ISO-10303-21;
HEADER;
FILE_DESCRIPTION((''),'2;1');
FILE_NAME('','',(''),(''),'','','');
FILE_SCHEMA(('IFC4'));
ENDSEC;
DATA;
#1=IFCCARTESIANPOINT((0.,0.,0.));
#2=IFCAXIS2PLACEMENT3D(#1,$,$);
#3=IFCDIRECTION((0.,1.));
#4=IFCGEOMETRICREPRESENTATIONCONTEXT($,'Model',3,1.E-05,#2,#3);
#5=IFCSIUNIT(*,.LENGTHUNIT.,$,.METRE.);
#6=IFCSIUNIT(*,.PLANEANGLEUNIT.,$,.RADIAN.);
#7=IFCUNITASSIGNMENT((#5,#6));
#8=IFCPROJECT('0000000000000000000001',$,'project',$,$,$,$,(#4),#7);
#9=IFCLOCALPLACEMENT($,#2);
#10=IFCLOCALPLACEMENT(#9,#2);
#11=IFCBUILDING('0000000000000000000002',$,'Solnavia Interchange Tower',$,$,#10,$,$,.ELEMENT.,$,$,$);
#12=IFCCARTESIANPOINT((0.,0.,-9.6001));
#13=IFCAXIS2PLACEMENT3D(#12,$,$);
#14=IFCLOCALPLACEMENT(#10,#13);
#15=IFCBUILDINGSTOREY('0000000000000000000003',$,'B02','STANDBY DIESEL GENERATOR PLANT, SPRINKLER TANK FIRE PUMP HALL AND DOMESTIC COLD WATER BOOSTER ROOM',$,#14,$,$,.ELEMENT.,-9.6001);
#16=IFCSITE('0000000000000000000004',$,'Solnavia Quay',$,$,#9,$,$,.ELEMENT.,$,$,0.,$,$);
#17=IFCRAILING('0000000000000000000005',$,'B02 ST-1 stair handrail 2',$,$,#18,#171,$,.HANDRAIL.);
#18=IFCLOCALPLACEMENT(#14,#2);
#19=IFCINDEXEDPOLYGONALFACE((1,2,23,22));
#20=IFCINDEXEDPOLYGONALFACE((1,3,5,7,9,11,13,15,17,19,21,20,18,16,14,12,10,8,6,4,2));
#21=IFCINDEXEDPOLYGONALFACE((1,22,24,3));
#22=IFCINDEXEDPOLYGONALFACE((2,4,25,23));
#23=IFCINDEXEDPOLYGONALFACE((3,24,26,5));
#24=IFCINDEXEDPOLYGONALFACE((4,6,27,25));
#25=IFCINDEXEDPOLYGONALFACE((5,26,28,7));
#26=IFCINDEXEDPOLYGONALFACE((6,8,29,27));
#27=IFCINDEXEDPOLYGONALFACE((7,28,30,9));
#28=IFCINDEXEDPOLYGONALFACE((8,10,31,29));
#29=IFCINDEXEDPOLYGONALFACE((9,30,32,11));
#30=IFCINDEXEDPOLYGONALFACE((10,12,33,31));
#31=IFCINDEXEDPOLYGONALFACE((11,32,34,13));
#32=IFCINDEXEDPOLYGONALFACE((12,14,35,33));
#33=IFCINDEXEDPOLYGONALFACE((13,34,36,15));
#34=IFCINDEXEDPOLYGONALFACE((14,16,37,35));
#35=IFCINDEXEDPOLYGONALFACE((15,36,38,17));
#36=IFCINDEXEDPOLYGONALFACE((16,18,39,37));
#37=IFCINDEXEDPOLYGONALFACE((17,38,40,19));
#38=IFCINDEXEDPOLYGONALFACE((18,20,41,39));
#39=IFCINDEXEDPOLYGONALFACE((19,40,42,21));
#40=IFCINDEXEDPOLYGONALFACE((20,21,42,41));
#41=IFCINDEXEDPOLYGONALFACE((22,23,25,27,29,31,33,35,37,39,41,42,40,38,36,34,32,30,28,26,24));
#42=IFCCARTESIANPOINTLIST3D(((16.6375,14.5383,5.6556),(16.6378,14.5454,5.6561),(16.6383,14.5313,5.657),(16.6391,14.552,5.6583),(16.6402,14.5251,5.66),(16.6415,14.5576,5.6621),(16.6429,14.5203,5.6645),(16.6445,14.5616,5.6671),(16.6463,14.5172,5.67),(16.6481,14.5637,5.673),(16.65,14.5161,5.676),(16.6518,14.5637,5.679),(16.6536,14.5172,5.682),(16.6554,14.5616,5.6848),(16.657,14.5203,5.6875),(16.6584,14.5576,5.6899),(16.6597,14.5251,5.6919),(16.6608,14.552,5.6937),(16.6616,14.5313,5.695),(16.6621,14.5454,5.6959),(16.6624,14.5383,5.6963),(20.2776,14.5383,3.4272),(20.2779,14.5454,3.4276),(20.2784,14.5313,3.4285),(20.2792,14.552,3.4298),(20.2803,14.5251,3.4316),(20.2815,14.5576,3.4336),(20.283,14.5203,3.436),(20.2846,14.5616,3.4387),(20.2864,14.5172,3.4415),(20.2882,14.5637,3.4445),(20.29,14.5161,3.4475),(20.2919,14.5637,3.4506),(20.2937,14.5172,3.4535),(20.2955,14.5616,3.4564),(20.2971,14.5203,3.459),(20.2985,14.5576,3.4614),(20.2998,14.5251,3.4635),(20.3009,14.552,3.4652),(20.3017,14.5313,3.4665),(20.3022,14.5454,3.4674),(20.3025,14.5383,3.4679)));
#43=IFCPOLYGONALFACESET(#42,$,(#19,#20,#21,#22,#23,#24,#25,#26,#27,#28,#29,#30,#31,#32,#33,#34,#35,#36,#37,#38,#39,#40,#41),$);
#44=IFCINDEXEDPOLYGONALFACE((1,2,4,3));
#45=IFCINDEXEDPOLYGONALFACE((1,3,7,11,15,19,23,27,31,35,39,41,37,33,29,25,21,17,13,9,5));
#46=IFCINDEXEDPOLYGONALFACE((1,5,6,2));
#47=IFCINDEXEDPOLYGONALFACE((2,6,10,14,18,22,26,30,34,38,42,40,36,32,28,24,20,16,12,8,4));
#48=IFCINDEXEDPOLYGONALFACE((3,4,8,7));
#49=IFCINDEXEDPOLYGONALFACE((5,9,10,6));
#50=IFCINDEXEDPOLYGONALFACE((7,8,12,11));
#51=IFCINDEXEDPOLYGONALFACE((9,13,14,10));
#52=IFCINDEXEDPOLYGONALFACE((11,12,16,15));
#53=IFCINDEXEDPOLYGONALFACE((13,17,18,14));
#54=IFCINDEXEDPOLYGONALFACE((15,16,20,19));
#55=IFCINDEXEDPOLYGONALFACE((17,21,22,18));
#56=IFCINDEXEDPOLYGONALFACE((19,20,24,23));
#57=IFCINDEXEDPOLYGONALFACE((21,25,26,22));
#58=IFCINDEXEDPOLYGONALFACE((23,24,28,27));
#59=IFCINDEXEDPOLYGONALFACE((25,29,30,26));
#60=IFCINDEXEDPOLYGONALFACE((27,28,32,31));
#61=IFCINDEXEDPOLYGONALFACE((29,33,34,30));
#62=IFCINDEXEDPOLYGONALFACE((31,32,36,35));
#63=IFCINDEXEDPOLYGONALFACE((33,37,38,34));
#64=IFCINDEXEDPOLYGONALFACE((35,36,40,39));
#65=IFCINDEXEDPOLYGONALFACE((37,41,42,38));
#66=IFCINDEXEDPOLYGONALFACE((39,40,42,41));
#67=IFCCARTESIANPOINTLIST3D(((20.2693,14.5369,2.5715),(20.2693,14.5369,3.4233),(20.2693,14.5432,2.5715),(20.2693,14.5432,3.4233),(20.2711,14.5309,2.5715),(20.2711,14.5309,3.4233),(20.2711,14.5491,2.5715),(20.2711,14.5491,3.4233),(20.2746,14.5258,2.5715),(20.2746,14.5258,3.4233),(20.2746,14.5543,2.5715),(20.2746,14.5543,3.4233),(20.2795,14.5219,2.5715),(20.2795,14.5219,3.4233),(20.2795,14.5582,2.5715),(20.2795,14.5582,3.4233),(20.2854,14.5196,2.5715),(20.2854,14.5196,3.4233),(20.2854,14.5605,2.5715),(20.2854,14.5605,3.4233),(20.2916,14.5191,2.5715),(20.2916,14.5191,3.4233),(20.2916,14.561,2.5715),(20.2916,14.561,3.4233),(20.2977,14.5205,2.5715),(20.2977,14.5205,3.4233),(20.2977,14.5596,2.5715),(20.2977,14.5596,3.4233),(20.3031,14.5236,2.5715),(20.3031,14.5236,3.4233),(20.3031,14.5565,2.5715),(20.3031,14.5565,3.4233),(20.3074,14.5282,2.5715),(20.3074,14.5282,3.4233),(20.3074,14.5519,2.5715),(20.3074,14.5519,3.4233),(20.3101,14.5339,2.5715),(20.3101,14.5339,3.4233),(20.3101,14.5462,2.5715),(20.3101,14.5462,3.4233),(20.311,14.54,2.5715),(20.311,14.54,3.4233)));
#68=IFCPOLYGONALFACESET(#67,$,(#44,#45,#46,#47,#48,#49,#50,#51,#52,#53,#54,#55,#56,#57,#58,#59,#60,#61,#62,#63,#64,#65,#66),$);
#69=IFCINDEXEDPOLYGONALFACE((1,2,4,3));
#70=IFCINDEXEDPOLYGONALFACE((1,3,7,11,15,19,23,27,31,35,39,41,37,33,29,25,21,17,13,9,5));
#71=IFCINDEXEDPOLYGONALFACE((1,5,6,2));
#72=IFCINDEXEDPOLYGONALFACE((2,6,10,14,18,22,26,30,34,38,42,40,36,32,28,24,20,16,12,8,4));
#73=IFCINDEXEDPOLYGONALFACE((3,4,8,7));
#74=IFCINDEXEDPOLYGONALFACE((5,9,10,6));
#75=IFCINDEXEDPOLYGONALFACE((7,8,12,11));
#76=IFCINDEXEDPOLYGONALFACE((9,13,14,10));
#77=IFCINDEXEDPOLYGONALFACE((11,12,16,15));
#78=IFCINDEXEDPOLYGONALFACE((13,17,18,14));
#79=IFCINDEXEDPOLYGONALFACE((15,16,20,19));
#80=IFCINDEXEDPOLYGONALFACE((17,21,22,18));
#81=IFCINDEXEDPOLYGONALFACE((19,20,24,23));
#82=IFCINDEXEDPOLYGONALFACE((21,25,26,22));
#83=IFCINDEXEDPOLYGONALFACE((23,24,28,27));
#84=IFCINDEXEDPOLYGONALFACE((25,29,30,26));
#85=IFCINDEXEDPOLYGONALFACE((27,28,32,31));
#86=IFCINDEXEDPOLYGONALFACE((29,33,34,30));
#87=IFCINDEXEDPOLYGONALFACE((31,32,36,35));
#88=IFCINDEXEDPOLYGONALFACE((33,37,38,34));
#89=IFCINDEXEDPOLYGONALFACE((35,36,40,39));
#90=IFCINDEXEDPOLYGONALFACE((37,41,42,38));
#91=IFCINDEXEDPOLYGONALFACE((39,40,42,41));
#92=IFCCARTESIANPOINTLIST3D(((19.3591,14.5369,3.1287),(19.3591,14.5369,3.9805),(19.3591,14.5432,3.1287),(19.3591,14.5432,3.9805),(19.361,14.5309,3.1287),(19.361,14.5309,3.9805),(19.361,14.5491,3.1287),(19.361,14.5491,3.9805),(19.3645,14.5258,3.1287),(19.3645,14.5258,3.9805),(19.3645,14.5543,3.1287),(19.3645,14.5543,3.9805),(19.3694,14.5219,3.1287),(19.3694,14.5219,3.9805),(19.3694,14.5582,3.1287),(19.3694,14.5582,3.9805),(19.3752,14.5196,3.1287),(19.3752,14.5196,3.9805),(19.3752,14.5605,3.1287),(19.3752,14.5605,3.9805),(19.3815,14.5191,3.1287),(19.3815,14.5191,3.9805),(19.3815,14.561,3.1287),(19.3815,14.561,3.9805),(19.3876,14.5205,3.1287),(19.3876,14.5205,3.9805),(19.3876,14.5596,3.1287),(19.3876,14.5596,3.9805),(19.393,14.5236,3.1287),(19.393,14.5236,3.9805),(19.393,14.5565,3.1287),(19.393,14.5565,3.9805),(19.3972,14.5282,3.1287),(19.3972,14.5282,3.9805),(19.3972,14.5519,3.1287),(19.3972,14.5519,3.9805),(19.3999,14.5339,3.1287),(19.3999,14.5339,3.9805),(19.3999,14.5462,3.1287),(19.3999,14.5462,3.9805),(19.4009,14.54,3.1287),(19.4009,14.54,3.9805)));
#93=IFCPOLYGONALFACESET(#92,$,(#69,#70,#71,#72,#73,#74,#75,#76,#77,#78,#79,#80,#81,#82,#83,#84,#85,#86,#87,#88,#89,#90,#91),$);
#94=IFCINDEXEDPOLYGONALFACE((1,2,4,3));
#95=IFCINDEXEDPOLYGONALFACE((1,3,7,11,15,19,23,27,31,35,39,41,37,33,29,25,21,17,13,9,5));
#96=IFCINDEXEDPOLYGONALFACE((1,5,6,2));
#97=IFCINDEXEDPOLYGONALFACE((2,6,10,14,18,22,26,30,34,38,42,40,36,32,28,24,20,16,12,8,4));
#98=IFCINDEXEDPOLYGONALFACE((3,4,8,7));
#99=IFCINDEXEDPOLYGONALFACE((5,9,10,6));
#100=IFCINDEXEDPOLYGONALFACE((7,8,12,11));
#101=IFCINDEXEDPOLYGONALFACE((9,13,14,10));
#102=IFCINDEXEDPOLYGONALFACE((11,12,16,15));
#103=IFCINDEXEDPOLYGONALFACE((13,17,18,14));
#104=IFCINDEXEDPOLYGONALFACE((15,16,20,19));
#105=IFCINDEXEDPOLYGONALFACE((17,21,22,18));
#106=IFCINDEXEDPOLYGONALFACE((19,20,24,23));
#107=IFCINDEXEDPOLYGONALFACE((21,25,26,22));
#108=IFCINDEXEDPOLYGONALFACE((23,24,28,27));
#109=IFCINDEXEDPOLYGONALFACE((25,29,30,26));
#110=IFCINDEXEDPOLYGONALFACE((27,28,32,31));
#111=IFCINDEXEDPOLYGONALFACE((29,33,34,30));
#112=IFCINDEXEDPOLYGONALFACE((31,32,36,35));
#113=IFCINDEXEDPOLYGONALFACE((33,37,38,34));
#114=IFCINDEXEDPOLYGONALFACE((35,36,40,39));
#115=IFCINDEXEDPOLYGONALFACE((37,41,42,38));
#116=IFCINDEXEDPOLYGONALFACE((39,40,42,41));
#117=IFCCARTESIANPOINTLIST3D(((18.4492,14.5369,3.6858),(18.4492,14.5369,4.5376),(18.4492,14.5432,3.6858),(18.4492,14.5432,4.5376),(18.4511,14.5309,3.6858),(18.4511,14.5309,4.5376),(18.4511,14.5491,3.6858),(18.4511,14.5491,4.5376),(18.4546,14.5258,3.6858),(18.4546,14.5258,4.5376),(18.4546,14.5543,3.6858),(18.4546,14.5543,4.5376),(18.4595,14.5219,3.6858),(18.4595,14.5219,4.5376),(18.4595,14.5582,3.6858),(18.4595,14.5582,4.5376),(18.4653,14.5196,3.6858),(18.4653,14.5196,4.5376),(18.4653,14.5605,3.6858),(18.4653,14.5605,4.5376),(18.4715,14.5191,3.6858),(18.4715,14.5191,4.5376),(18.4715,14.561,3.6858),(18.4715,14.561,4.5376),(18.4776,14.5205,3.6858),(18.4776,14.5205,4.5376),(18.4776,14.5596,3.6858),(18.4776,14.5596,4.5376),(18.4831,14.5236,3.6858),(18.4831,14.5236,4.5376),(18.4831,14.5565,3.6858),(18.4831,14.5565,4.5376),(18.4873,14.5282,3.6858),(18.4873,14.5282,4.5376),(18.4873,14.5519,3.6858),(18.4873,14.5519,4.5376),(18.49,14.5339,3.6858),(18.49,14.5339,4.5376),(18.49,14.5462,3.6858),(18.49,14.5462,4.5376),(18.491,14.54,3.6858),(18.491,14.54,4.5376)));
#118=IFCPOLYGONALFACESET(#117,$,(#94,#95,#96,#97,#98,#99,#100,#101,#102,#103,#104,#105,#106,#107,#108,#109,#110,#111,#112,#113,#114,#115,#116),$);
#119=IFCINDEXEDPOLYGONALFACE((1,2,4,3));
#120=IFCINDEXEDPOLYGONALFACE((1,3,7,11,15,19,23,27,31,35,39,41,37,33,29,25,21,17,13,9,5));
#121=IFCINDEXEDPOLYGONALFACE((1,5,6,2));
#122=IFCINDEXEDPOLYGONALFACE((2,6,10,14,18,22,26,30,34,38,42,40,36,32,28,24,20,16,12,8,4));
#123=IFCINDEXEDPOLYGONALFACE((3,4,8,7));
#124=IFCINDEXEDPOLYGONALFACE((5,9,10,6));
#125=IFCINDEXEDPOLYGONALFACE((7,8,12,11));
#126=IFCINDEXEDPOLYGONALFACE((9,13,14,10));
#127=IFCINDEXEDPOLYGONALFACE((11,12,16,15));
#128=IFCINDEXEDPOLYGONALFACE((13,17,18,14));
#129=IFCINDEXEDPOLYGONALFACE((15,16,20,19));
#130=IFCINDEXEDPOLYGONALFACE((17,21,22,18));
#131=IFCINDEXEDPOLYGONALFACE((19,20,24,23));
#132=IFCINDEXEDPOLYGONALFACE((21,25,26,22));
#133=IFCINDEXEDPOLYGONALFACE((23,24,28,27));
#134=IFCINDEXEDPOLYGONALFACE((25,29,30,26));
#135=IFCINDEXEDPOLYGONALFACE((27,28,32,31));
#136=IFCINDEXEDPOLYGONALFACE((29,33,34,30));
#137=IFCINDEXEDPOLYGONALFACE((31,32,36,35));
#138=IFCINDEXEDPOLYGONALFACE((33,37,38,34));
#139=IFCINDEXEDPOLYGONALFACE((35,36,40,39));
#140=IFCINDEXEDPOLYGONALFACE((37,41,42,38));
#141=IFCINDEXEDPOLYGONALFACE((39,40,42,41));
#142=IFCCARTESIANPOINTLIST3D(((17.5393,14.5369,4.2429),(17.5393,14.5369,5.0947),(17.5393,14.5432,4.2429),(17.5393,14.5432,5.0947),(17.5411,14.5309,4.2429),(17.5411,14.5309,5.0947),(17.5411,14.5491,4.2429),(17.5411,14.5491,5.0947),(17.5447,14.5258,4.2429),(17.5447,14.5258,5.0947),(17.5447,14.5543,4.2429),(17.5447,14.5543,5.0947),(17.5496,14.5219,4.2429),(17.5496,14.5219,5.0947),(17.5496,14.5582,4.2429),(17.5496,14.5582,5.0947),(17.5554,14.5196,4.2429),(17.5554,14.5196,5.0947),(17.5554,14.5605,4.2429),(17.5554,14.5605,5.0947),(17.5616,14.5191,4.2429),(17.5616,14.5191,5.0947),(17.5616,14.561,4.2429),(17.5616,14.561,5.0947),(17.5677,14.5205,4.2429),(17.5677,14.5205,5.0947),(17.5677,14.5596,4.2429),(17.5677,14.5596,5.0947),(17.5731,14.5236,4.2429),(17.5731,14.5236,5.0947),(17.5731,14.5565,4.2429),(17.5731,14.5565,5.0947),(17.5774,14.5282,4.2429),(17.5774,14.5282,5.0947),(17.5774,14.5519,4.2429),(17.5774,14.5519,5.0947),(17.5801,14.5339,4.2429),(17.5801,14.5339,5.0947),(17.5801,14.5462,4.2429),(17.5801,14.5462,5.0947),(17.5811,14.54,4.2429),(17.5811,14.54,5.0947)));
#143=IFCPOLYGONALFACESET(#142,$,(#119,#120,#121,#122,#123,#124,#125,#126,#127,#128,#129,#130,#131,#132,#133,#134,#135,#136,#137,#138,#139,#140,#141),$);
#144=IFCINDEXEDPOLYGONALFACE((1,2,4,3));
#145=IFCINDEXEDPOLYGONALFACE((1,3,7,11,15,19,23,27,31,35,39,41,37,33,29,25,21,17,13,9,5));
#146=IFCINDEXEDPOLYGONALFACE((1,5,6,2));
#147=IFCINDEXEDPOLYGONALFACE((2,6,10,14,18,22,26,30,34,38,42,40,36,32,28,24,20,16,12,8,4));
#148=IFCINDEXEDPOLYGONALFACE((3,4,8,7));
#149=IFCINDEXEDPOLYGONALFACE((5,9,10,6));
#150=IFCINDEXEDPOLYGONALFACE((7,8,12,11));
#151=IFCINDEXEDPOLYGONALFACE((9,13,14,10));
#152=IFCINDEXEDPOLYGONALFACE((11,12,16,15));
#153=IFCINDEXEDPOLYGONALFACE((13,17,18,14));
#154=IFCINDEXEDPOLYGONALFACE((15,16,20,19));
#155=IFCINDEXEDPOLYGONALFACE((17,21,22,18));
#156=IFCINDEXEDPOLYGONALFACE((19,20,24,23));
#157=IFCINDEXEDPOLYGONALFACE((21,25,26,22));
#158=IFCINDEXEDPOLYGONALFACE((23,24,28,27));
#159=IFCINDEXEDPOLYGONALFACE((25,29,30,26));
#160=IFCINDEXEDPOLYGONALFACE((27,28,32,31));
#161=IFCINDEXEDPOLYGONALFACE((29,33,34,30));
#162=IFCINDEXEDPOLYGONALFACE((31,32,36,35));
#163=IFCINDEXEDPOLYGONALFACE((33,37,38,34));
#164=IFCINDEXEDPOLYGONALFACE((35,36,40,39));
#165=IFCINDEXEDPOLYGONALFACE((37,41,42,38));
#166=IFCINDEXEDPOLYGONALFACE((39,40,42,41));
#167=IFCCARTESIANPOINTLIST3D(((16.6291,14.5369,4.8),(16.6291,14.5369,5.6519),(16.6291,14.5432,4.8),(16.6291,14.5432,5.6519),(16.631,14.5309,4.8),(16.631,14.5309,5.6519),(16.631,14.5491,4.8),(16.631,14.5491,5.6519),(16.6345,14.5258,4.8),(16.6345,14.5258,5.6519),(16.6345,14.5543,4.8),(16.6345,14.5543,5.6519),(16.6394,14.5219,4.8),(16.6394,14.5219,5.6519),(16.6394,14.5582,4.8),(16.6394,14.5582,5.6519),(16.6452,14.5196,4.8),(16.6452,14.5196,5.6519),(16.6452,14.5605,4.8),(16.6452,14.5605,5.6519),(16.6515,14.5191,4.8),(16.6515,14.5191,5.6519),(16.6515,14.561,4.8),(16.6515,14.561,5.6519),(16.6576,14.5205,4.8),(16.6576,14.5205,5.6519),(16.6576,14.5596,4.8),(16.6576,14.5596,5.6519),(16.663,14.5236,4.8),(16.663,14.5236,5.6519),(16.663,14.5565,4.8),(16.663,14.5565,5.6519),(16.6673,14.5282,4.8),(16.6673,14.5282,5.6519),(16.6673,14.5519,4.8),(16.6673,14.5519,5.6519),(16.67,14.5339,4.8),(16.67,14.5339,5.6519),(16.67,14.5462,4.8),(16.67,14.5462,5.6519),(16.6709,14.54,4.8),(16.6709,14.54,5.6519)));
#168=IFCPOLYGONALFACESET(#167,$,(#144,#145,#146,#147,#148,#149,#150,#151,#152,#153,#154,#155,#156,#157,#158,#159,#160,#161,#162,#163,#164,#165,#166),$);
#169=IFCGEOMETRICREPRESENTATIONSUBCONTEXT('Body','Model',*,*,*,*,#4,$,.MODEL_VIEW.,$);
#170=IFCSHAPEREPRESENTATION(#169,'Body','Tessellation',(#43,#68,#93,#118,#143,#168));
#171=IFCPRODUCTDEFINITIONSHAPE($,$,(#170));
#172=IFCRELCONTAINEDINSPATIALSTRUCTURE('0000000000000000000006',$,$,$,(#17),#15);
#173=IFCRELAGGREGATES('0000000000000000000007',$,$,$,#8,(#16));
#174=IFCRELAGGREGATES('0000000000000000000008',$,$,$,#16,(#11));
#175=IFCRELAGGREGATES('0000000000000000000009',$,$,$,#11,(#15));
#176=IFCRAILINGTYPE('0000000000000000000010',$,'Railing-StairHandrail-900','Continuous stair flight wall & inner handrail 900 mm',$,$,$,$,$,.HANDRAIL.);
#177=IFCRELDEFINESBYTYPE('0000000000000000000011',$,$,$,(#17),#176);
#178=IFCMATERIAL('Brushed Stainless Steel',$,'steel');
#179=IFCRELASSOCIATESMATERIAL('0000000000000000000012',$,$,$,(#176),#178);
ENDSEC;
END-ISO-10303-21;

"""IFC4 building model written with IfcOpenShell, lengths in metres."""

from ifc_helpers import new_model, si_unit, direction, frame, origin, origin_2d, place, context, subcontext, project, spatial, circle, extrude, material, type_object, element, save


model = new_model("IFC4")

# Units and contexts
model_context = context("Model", 3, precision=1e-05, world=origin(), true_north=direction((0.0, 1.0)))
body_context = subcontext(model_context, "Body", "Model", "MODEL_VIEW")
ifc_project = project(units=[si_unit("LENGTHUNIT", "METRE"), si_unit("PLANEANGLEUNIT", "RADIAN")], contexts=[model_context])

# Site, building, storey
site_placement = place(None, origin())
site = spatial("IfcSite", under=ifc_project, at=site_placement, Name="Solnavia Quay", CompositionType="ELEMENT", RefElevation=0.0)
building_placement = place(site_placement, origin())
building = spatial("IfcBuilding", under=site, at=building_placement, Name="Solnavia Interchange Tower", CompositionType="ELEMENT")
storey_placement = place(building_placement, frame((0.0, 0.0, -9.6001)))
storey = spatial("IfcBuildingStorey", under=building, at=storey_placement, Name="B02", Description="STANDBY DIESEL GENERATOR PLANT, SPRINKLER TANK FIRE PUMP HALL AND DOMESTIC COLD WATER BOOSTER ROOM", CompositionType="ELEMENT", Elevation=-9.6001)

# Railing
ifc_material_1 = material(Name="Brushed Stainless Steel", Category="steel")
railing_type_1 = type_object("IfcRailingType", Name="Railing-StairHandrail-900", Description="Continuous stair flight wall & inner handrail 900 mm", PredefinedType="HANDRAIL", material=ifc_material_1)
railing_1_placement = place(storey_placement, frame((20.29, 14.54, 2.5715)))
element("IfcRailing", 1, at=railing_1_placement, inside=storey, type_object=railing_type_1, Name="B02 ST-1 stair handrail 2", PredefinedType="HANDRAIL", context=body_context, shape_type="SweptSolid", body=[
    extrude(circle(Radius=0.0239, at=origin_2d()), frame((0.0, 0.0, 0.876), z_axis=(-0.852866, 0.0, 0.52213), x_axis=(0.0, -1.0, 0.0)), (0.0, 0.0, 1.0), 4.2681),
    extrude(circle(Radius=0.021, at=origin_2d()), origin(), (0.0, 0.0, 1.0), 0.8518),
    extrude(circle(Radius=0.021, at=origin_2d()), frame((-0.9102, 0.0, 0.5571)), (0.0, 0.0, 1.0), 0.8518),
    extrude(circle(Radius=0.021, at=origin_2d()), frame((-1.8201, 0.0, 1.1143)), (0.0, 0.0, 1.0), 0.8518),
    extrude(circle(Radius=0.021, at=origin_2d()), frame((-2.73, 0.0, 1.6714)), (0.0, 0.0, 1.0), 0.8518),
    extrude(circle(Radius=0.021, at=origin_2d()), frame((-3.6401, 0.0, 2.2285)), (0.0, 0.0, 1.0), 0.8518),
])

save(model, "model.ifc")
